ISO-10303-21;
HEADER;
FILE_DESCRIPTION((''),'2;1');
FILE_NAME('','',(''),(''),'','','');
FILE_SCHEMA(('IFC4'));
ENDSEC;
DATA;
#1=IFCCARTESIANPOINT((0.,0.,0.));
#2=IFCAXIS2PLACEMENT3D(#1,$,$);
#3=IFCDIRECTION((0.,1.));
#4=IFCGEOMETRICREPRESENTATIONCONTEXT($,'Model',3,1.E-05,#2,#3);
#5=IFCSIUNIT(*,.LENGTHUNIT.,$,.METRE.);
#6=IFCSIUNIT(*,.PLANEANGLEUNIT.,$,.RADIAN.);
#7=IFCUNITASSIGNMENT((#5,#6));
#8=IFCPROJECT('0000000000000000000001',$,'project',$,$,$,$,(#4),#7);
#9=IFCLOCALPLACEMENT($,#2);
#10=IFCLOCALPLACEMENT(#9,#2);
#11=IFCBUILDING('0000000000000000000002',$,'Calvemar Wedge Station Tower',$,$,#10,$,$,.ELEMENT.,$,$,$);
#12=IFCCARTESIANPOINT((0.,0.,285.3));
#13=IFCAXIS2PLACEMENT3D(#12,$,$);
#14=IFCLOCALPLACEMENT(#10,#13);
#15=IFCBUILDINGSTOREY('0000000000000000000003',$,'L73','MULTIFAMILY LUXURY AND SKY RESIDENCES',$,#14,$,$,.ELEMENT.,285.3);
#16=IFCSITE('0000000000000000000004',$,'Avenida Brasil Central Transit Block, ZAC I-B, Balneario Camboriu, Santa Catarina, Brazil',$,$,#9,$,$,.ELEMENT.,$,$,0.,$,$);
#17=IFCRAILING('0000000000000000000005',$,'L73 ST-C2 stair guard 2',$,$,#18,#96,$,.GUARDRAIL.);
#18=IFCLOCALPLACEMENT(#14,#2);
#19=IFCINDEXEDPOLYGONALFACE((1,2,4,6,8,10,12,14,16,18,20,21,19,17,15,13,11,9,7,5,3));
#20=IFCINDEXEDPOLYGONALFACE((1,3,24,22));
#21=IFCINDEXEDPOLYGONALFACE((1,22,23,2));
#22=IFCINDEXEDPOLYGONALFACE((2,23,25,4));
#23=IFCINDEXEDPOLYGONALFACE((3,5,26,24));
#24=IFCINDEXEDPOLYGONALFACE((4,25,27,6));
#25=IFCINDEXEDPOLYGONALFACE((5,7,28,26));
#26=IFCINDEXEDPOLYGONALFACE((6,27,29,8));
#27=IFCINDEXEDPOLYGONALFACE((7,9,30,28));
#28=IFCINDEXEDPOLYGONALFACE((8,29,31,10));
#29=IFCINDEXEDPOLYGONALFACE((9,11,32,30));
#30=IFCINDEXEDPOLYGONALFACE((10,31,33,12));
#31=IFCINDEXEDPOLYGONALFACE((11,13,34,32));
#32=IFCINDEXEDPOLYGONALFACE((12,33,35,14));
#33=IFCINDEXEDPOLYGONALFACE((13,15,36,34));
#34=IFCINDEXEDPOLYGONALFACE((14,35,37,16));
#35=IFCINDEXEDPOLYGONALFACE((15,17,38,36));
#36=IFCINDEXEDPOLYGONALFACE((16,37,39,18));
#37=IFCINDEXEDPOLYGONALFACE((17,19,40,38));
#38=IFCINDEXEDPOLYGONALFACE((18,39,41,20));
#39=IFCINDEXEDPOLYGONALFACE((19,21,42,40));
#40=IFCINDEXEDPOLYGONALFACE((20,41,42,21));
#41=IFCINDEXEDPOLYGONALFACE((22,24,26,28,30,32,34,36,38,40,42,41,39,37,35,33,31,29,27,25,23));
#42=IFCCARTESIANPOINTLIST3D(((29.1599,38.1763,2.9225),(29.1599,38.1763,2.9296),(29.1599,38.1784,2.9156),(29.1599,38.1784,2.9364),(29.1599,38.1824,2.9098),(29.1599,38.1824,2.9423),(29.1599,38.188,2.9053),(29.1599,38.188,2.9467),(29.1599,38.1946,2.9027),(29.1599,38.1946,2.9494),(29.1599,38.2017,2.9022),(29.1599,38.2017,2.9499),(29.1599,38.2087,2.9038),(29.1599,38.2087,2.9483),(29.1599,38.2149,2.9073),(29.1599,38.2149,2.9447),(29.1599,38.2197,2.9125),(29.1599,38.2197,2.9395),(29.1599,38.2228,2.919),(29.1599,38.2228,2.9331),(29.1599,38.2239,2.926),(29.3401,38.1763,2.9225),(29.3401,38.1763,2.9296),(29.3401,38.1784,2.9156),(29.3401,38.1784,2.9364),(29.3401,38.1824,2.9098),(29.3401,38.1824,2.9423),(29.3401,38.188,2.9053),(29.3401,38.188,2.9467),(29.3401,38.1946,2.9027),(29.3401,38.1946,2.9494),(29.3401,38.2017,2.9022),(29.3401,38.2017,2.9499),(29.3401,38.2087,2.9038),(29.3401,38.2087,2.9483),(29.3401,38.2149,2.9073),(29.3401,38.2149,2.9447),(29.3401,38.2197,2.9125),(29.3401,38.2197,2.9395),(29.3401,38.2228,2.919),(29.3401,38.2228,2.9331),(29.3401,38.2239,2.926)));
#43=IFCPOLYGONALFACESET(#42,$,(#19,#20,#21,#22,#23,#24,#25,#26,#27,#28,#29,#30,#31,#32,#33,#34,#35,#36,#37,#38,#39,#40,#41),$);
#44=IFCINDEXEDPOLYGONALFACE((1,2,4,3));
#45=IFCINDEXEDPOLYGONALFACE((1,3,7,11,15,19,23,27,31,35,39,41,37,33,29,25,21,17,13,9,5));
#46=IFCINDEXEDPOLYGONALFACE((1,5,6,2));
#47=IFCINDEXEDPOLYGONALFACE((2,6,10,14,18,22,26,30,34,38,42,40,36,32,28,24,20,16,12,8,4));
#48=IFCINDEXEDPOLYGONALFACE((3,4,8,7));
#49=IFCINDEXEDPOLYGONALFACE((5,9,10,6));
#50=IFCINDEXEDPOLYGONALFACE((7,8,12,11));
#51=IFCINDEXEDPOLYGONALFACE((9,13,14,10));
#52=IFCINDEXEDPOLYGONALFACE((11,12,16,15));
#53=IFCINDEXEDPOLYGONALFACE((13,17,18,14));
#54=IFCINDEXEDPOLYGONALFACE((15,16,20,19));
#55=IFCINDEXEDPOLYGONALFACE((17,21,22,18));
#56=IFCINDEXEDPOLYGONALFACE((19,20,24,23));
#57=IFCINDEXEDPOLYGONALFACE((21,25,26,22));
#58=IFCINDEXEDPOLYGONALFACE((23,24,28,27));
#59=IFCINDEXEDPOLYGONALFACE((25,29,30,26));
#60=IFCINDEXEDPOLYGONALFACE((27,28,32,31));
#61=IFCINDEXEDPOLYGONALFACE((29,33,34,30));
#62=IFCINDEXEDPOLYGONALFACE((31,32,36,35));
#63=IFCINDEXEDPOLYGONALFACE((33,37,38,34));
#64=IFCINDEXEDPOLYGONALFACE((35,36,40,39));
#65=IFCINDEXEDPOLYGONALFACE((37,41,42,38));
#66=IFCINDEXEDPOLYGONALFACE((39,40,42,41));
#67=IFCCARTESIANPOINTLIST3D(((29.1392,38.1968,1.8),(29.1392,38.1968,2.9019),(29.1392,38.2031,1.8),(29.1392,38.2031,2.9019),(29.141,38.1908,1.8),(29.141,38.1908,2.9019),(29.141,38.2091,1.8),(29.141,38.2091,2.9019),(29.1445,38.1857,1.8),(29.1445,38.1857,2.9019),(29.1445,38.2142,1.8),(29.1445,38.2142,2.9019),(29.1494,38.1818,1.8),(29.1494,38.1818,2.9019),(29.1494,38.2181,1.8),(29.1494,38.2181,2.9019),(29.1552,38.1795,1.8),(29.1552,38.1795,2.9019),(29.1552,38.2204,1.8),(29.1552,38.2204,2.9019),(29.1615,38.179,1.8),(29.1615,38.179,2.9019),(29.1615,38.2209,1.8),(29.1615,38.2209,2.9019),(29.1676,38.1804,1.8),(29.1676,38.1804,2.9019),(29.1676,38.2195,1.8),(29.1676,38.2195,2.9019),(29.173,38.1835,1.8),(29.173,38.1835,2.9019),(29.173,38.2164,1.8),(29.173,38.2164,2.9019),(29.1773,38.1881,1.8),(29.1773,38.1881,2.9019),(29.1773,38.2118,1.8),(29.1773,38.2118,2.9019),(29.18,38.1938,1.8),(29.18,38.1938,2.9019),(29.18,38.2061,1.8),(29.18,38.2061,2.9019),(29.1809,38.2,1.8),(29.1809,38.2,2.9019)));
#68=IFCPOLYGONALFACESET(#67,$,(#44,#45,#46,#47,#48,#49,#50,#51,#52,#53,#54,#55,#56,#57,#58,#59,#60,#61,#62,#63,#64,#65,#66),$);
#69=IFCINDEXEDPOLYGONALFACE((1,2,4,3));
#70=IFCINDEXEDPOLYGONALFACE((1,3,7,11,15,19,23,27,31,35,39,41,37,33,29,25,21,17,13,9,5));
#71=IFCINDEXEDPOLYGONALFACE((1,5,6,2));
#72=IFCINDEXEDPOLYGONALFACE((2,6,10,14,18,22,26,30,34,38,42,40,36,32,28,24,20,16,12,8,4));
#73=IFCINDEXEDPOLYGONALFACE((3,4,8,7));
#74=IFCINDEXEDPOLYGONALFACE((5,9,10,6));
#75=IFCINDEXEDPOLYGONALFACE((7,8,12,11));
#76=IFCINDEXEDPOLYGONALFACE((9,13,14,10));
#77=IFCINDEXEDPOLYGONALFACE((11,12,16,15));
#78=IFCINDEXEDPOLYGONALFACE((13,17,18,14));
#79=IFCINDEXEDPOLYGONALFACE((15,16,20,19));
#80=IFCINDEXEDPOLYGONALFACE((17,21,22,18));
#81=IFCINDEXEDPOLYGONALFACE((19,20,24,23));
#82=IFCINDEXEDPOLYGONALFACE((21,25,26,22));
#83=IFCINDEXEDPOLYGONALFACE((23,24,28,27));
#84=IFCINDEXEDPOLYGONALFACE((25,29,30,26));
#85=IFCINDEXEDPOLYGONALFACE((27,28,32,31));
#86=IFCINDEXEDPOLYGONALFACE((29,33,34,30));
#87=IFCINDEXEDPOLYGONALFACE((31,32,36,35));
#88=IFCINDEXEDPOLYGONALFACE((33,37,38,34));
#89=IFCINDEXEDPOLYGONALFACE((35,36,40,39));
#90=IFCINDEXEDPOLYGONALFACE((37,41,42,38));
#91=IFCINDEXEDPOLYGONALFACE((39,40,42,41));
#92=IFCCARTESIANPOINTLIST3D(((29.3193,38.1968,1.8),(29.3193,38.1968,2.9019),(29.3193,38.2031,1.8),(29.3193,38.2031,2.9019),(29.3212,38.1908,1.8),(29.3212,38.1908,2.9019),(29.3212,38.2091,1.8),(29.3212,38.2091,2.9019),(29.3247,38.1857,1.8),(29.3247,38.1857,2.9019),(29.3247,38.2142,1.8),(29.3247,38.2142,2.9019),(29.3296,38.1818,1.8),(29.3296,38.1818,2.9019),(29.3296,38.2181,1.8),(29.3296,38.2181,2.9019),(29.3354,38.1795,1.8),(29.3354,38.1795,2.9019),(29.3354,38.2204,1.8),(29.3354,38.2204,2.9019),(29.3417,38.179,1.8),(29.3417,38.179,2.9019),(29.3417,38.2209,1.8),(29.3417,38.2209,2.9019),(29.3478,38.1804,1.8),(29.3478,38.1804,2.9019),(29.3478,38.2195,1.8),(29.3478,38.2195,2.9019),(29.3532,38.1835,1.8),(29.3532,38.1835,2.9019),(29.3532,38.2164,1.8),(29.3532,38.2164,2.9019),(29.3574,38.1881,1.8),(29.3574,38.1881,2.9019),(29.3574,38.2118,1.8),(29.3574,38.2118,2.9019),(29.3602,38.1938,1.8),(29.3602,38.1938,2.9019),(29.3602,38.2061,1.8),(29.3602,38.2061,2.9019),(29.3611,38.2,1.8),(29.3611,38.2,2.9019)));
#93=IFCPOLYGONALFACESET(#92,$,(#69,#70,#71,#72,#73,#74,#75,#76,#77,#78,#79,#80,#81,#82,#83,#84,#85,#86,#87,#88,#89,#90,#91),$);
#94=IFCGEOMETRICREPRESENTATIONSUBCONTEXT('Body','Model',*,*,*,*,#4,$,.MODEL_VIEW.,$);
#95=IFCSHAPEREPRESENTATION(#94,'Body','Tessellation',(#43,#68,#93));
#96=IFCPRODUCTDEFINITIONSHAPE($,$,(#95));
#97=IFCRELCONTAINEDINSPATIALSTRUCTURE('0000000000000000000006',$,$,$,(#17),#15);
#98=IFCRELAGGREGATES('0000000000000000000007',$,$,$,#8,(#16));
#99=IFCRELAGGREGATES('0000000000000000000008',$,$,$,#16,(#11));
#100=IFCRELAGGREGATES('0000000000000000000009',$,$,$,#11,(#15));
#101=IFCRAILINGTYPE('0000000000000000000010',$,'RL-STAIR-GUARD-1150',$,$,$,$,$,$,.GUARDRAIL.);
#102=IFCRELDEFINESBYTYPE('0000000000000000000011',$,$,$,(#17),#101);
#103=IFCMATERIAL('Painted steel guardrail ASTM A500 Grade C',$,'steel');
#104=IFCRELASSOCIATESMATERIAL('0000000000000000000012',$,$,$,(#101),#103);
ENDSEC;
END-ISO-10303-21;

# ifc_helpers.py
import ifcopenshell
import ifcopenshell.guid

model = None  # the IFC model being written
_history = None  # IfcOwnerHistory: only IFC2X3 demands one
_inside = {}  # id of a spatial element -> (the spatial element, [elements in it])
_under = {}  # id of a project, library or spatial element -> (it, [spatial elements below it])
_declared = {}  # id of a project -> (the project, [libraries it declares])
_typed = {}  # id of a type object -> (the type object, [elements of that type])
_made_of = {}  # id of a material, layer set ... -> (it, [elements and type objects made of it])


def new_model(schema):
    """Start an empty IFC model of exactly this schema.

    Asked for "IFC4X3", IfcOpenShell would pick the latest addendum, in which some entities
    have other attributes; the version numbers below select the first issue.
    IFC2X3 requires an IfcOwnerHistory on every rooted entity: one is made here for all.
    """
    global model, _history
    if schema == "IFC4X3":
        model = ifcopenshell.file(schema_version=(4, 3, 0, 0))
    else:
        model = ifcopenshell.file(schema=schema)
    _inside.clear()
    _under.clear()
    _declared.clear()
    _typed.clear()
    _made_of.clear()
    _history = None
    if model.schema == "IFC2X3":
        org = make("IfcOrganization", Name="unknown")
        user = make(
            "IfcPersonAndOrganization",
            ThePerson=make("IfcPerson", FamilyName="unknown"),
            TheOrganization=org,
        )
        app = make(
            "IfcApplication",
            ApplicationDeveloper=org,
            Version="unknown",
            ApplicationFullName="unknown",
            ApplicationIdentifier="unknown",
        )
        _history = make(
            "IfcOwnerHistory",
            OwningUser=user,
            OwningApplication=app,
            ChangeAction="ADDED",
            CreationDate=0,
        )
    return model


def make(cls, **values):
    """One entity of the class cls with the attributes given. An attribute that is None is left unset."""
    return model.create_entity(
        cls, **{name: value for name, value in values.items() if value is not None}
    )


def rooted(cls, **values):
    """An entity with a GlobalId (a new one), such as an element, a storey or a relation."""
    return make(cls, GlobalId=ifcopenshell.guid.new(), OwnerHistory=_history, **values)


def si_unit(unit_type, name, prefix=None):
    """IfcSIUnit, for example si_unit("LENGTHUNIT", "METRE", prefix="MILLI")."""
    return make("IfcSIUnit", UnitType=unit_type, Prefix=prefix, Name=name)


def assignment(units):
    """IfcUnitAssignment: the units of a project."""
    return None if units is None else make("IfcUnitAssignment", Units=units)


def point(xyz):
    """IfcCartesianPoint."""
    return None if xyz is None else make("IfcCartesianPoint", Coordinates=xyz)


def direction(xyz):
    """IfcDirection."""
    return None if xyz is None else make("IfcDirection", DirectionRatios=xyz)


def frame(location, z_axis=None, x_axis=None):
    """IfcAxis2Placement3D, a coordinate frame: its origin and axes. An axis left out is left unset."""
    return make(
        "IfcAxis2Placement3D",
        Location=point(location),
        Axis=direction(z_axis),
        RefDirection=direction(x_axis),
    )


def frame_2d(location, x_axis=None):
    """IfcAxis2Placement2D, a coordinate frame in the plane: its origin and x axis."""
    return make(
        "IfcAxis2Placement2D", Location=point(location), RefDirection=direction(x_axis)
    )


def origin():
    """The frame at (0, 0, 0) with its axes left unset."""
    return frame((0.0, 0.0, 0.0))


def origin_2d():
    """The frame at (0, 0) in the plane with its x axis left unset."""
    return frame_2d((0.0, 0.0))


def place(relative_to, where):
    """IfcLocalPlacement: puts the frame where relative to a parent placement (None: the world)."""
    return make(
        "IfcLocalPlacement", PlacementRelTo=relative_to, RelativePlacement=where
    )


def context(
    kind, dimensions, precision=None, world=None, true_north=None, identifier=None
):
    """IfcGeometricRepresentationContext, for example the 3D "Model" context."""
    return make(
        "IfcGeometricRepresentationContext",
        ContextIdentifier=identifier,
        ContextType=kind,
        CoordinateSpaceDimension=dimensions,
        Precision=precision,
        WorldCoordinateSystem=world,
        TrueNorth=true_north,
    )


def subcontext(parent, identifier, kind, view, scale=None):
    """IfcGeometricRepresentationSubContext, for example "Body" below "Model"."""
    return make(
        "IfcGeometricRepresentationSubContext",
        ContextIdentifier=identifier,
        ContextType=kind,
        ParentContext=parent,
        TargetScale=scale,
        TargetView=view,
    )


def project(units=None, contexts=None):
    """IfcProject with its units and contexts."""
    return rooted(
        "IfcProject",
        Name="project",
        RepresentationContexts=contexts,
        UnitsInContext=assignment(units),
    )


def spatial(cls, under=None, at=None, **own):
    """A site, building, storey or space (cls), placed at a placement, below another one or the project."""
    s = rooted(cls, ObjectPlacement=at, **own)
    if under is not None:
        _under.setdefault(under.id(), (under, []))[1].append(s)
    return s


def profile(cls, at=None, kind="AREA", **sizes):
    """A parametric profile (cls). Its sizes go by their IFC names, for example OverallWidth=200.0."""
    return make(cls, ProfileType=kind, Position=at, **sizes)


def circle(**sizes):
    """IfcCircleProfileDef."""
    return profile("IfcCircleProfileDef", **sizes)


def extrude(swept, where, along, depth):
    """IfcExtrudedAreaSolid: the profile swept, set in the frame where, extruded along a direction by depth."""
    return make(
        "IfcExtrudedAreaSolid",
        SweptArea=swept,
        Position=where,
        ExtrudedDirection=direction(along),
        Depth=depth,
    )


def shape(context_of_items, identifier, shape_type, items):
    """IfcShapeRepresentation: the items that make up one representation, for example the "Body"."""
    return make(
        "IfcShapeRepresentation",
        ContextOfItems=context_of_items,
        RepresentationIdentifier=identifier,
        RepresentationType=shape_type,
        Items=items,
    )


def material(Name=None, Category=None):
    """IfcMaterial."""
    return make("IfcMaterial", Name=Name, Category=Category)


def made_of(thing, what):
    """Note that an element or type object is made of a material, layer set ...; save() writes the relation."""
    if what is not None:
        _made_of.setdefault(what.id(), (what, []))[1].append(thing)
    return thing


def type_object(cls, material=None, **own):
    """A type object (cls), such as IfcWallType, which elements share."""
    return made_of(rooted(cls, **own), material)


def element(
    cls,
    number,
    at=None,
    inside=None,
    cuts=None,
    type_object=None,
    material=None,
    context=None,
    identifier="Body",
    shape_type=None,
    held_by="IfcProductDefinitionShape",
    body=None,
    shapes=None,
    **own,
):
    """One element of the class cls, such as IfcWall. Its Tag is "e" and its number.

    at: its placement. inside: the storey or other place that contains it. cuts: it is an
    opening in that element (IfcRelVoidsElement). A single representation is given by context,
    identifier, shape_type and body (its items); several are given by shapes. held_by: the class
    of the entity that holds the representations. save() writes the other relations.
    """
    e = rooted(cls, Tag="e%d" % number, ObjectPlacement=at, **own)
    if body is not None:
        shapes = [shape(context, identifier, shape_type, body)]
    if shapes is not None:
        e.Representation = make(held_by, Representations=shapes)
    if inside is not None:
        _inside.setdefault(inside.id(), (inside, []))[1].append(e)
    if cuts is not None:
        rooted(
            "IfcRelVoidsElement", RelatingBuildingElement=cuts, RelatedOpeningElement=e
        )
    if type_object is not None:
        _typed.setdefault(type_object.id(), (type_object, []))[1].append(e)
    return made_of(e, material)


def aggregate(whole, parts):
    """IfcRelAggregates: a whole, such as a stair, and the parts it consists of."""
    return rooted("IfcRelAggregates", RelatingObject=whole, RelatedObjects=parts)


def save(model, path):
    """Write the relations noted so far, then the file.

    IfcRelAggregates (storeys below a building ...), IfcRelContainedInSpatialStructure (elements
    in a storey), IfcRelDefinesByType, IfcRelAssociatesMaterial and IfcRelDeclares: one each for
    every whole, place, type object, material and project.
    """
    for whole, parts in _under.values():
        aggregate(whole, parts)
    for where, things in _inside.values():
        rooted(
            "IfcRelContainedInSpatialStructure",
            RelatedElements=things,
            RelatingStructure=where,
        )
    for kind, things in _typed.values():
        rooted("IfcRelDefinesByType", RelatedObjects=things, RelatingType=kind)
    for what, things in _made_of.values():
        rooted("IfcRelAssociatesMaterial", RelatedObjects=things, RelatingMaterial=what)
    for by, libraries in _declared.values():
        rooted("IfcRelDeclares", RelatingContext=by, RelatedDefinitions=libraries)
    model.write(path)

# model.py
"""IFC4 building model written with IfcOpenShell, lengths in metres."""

from ifc_helpers import new_model, si_unit, direction, frame, origin, origin_2d, place, context, subcontext, project, spatial, circle, extrude, material, type_object, element, save


model = new_model("IFC4")

# Units and contexts
model_context = context("Model", 3, precision=1e-05, world=origin(), true_north=direction((0.0, 1.0)))
body_context = subcontext(model_context, "Body", "Model", "MODEL_VIEW")
ifc_project = project(units=[si_unit("LENGTHUNIT", "METRE"), si_unit("PLANEANGLEUNIT", "RADIAN")], contexts=[model_context])

# Site, building, storey
site_placement = place(None, origin())
site = spatial("IfcSite", under=ifc_project, at=site_placement, Name="Avenida Brasil Central Transit Block, ZAC I-B, Balneario Camboriu, Santa Catarina, Brazil", CompositionType="ELEMENT", RefElevation=0.0)
building_placement = place(site_placement, origin())
building = spatial("IfcBuilding", under=site, at=building_placement, Name="Calvemar Wedge Station Tower", CompositionType="ELEMENT")
storey_placement = place(building_placement, frame((0.0, 0.0, 285.3)))
storey = spatial("IfcBuildingStorey", under=building, at=storey_placement, Name="L73", Description="MULTIFAMILY LUXURY AND SKY RESIDENCES", CompositionType="ELEMENT", Elevation=285.3)

# Railing
ifc_material_1 = material(Name="Painted steel guardrail ASTM A500 Grade C", Category="steel")
railing_type_1 = type_object("IfcRailingType", Name="RL-STAIR-GUARD-1150", PredefinedType="GUARDRAIL", material=ifc_material_1)
railing_1_placement = place(storey_placement, frame((29.1599, 38.2, 1.8)))
element("IfcRailing", 1, at=railing_1_placement, inside=storey, type_object=railing_type_1, Name="L73 ST-C2 stair guard 2", PredefinedType="GUARDRAIL", context=body_context, shape_type="SweptSolid", body=[
    extrude(circle(Radius=0.0239, at=origin_2d()), frame((0.0, 0.0, 1.126), z_axis=(1.0, 0.0, 0.0), x_axis=(0.0, 1.0, 0.0)), (0.0, 0.0, 1.0), 0.1802),
    extrude(circle(Radius=0.021, at=origin_2d()), origin(), (0.0, 0.0, 1.0), 1.1018),
    extrude(circle(Radius=0.021, at=origin_2d()), frame((0.1802, 0.0, 0.0)), (0.0, 0.0, 1.0), 1.1018),
])

save(model, "model.ifc")
